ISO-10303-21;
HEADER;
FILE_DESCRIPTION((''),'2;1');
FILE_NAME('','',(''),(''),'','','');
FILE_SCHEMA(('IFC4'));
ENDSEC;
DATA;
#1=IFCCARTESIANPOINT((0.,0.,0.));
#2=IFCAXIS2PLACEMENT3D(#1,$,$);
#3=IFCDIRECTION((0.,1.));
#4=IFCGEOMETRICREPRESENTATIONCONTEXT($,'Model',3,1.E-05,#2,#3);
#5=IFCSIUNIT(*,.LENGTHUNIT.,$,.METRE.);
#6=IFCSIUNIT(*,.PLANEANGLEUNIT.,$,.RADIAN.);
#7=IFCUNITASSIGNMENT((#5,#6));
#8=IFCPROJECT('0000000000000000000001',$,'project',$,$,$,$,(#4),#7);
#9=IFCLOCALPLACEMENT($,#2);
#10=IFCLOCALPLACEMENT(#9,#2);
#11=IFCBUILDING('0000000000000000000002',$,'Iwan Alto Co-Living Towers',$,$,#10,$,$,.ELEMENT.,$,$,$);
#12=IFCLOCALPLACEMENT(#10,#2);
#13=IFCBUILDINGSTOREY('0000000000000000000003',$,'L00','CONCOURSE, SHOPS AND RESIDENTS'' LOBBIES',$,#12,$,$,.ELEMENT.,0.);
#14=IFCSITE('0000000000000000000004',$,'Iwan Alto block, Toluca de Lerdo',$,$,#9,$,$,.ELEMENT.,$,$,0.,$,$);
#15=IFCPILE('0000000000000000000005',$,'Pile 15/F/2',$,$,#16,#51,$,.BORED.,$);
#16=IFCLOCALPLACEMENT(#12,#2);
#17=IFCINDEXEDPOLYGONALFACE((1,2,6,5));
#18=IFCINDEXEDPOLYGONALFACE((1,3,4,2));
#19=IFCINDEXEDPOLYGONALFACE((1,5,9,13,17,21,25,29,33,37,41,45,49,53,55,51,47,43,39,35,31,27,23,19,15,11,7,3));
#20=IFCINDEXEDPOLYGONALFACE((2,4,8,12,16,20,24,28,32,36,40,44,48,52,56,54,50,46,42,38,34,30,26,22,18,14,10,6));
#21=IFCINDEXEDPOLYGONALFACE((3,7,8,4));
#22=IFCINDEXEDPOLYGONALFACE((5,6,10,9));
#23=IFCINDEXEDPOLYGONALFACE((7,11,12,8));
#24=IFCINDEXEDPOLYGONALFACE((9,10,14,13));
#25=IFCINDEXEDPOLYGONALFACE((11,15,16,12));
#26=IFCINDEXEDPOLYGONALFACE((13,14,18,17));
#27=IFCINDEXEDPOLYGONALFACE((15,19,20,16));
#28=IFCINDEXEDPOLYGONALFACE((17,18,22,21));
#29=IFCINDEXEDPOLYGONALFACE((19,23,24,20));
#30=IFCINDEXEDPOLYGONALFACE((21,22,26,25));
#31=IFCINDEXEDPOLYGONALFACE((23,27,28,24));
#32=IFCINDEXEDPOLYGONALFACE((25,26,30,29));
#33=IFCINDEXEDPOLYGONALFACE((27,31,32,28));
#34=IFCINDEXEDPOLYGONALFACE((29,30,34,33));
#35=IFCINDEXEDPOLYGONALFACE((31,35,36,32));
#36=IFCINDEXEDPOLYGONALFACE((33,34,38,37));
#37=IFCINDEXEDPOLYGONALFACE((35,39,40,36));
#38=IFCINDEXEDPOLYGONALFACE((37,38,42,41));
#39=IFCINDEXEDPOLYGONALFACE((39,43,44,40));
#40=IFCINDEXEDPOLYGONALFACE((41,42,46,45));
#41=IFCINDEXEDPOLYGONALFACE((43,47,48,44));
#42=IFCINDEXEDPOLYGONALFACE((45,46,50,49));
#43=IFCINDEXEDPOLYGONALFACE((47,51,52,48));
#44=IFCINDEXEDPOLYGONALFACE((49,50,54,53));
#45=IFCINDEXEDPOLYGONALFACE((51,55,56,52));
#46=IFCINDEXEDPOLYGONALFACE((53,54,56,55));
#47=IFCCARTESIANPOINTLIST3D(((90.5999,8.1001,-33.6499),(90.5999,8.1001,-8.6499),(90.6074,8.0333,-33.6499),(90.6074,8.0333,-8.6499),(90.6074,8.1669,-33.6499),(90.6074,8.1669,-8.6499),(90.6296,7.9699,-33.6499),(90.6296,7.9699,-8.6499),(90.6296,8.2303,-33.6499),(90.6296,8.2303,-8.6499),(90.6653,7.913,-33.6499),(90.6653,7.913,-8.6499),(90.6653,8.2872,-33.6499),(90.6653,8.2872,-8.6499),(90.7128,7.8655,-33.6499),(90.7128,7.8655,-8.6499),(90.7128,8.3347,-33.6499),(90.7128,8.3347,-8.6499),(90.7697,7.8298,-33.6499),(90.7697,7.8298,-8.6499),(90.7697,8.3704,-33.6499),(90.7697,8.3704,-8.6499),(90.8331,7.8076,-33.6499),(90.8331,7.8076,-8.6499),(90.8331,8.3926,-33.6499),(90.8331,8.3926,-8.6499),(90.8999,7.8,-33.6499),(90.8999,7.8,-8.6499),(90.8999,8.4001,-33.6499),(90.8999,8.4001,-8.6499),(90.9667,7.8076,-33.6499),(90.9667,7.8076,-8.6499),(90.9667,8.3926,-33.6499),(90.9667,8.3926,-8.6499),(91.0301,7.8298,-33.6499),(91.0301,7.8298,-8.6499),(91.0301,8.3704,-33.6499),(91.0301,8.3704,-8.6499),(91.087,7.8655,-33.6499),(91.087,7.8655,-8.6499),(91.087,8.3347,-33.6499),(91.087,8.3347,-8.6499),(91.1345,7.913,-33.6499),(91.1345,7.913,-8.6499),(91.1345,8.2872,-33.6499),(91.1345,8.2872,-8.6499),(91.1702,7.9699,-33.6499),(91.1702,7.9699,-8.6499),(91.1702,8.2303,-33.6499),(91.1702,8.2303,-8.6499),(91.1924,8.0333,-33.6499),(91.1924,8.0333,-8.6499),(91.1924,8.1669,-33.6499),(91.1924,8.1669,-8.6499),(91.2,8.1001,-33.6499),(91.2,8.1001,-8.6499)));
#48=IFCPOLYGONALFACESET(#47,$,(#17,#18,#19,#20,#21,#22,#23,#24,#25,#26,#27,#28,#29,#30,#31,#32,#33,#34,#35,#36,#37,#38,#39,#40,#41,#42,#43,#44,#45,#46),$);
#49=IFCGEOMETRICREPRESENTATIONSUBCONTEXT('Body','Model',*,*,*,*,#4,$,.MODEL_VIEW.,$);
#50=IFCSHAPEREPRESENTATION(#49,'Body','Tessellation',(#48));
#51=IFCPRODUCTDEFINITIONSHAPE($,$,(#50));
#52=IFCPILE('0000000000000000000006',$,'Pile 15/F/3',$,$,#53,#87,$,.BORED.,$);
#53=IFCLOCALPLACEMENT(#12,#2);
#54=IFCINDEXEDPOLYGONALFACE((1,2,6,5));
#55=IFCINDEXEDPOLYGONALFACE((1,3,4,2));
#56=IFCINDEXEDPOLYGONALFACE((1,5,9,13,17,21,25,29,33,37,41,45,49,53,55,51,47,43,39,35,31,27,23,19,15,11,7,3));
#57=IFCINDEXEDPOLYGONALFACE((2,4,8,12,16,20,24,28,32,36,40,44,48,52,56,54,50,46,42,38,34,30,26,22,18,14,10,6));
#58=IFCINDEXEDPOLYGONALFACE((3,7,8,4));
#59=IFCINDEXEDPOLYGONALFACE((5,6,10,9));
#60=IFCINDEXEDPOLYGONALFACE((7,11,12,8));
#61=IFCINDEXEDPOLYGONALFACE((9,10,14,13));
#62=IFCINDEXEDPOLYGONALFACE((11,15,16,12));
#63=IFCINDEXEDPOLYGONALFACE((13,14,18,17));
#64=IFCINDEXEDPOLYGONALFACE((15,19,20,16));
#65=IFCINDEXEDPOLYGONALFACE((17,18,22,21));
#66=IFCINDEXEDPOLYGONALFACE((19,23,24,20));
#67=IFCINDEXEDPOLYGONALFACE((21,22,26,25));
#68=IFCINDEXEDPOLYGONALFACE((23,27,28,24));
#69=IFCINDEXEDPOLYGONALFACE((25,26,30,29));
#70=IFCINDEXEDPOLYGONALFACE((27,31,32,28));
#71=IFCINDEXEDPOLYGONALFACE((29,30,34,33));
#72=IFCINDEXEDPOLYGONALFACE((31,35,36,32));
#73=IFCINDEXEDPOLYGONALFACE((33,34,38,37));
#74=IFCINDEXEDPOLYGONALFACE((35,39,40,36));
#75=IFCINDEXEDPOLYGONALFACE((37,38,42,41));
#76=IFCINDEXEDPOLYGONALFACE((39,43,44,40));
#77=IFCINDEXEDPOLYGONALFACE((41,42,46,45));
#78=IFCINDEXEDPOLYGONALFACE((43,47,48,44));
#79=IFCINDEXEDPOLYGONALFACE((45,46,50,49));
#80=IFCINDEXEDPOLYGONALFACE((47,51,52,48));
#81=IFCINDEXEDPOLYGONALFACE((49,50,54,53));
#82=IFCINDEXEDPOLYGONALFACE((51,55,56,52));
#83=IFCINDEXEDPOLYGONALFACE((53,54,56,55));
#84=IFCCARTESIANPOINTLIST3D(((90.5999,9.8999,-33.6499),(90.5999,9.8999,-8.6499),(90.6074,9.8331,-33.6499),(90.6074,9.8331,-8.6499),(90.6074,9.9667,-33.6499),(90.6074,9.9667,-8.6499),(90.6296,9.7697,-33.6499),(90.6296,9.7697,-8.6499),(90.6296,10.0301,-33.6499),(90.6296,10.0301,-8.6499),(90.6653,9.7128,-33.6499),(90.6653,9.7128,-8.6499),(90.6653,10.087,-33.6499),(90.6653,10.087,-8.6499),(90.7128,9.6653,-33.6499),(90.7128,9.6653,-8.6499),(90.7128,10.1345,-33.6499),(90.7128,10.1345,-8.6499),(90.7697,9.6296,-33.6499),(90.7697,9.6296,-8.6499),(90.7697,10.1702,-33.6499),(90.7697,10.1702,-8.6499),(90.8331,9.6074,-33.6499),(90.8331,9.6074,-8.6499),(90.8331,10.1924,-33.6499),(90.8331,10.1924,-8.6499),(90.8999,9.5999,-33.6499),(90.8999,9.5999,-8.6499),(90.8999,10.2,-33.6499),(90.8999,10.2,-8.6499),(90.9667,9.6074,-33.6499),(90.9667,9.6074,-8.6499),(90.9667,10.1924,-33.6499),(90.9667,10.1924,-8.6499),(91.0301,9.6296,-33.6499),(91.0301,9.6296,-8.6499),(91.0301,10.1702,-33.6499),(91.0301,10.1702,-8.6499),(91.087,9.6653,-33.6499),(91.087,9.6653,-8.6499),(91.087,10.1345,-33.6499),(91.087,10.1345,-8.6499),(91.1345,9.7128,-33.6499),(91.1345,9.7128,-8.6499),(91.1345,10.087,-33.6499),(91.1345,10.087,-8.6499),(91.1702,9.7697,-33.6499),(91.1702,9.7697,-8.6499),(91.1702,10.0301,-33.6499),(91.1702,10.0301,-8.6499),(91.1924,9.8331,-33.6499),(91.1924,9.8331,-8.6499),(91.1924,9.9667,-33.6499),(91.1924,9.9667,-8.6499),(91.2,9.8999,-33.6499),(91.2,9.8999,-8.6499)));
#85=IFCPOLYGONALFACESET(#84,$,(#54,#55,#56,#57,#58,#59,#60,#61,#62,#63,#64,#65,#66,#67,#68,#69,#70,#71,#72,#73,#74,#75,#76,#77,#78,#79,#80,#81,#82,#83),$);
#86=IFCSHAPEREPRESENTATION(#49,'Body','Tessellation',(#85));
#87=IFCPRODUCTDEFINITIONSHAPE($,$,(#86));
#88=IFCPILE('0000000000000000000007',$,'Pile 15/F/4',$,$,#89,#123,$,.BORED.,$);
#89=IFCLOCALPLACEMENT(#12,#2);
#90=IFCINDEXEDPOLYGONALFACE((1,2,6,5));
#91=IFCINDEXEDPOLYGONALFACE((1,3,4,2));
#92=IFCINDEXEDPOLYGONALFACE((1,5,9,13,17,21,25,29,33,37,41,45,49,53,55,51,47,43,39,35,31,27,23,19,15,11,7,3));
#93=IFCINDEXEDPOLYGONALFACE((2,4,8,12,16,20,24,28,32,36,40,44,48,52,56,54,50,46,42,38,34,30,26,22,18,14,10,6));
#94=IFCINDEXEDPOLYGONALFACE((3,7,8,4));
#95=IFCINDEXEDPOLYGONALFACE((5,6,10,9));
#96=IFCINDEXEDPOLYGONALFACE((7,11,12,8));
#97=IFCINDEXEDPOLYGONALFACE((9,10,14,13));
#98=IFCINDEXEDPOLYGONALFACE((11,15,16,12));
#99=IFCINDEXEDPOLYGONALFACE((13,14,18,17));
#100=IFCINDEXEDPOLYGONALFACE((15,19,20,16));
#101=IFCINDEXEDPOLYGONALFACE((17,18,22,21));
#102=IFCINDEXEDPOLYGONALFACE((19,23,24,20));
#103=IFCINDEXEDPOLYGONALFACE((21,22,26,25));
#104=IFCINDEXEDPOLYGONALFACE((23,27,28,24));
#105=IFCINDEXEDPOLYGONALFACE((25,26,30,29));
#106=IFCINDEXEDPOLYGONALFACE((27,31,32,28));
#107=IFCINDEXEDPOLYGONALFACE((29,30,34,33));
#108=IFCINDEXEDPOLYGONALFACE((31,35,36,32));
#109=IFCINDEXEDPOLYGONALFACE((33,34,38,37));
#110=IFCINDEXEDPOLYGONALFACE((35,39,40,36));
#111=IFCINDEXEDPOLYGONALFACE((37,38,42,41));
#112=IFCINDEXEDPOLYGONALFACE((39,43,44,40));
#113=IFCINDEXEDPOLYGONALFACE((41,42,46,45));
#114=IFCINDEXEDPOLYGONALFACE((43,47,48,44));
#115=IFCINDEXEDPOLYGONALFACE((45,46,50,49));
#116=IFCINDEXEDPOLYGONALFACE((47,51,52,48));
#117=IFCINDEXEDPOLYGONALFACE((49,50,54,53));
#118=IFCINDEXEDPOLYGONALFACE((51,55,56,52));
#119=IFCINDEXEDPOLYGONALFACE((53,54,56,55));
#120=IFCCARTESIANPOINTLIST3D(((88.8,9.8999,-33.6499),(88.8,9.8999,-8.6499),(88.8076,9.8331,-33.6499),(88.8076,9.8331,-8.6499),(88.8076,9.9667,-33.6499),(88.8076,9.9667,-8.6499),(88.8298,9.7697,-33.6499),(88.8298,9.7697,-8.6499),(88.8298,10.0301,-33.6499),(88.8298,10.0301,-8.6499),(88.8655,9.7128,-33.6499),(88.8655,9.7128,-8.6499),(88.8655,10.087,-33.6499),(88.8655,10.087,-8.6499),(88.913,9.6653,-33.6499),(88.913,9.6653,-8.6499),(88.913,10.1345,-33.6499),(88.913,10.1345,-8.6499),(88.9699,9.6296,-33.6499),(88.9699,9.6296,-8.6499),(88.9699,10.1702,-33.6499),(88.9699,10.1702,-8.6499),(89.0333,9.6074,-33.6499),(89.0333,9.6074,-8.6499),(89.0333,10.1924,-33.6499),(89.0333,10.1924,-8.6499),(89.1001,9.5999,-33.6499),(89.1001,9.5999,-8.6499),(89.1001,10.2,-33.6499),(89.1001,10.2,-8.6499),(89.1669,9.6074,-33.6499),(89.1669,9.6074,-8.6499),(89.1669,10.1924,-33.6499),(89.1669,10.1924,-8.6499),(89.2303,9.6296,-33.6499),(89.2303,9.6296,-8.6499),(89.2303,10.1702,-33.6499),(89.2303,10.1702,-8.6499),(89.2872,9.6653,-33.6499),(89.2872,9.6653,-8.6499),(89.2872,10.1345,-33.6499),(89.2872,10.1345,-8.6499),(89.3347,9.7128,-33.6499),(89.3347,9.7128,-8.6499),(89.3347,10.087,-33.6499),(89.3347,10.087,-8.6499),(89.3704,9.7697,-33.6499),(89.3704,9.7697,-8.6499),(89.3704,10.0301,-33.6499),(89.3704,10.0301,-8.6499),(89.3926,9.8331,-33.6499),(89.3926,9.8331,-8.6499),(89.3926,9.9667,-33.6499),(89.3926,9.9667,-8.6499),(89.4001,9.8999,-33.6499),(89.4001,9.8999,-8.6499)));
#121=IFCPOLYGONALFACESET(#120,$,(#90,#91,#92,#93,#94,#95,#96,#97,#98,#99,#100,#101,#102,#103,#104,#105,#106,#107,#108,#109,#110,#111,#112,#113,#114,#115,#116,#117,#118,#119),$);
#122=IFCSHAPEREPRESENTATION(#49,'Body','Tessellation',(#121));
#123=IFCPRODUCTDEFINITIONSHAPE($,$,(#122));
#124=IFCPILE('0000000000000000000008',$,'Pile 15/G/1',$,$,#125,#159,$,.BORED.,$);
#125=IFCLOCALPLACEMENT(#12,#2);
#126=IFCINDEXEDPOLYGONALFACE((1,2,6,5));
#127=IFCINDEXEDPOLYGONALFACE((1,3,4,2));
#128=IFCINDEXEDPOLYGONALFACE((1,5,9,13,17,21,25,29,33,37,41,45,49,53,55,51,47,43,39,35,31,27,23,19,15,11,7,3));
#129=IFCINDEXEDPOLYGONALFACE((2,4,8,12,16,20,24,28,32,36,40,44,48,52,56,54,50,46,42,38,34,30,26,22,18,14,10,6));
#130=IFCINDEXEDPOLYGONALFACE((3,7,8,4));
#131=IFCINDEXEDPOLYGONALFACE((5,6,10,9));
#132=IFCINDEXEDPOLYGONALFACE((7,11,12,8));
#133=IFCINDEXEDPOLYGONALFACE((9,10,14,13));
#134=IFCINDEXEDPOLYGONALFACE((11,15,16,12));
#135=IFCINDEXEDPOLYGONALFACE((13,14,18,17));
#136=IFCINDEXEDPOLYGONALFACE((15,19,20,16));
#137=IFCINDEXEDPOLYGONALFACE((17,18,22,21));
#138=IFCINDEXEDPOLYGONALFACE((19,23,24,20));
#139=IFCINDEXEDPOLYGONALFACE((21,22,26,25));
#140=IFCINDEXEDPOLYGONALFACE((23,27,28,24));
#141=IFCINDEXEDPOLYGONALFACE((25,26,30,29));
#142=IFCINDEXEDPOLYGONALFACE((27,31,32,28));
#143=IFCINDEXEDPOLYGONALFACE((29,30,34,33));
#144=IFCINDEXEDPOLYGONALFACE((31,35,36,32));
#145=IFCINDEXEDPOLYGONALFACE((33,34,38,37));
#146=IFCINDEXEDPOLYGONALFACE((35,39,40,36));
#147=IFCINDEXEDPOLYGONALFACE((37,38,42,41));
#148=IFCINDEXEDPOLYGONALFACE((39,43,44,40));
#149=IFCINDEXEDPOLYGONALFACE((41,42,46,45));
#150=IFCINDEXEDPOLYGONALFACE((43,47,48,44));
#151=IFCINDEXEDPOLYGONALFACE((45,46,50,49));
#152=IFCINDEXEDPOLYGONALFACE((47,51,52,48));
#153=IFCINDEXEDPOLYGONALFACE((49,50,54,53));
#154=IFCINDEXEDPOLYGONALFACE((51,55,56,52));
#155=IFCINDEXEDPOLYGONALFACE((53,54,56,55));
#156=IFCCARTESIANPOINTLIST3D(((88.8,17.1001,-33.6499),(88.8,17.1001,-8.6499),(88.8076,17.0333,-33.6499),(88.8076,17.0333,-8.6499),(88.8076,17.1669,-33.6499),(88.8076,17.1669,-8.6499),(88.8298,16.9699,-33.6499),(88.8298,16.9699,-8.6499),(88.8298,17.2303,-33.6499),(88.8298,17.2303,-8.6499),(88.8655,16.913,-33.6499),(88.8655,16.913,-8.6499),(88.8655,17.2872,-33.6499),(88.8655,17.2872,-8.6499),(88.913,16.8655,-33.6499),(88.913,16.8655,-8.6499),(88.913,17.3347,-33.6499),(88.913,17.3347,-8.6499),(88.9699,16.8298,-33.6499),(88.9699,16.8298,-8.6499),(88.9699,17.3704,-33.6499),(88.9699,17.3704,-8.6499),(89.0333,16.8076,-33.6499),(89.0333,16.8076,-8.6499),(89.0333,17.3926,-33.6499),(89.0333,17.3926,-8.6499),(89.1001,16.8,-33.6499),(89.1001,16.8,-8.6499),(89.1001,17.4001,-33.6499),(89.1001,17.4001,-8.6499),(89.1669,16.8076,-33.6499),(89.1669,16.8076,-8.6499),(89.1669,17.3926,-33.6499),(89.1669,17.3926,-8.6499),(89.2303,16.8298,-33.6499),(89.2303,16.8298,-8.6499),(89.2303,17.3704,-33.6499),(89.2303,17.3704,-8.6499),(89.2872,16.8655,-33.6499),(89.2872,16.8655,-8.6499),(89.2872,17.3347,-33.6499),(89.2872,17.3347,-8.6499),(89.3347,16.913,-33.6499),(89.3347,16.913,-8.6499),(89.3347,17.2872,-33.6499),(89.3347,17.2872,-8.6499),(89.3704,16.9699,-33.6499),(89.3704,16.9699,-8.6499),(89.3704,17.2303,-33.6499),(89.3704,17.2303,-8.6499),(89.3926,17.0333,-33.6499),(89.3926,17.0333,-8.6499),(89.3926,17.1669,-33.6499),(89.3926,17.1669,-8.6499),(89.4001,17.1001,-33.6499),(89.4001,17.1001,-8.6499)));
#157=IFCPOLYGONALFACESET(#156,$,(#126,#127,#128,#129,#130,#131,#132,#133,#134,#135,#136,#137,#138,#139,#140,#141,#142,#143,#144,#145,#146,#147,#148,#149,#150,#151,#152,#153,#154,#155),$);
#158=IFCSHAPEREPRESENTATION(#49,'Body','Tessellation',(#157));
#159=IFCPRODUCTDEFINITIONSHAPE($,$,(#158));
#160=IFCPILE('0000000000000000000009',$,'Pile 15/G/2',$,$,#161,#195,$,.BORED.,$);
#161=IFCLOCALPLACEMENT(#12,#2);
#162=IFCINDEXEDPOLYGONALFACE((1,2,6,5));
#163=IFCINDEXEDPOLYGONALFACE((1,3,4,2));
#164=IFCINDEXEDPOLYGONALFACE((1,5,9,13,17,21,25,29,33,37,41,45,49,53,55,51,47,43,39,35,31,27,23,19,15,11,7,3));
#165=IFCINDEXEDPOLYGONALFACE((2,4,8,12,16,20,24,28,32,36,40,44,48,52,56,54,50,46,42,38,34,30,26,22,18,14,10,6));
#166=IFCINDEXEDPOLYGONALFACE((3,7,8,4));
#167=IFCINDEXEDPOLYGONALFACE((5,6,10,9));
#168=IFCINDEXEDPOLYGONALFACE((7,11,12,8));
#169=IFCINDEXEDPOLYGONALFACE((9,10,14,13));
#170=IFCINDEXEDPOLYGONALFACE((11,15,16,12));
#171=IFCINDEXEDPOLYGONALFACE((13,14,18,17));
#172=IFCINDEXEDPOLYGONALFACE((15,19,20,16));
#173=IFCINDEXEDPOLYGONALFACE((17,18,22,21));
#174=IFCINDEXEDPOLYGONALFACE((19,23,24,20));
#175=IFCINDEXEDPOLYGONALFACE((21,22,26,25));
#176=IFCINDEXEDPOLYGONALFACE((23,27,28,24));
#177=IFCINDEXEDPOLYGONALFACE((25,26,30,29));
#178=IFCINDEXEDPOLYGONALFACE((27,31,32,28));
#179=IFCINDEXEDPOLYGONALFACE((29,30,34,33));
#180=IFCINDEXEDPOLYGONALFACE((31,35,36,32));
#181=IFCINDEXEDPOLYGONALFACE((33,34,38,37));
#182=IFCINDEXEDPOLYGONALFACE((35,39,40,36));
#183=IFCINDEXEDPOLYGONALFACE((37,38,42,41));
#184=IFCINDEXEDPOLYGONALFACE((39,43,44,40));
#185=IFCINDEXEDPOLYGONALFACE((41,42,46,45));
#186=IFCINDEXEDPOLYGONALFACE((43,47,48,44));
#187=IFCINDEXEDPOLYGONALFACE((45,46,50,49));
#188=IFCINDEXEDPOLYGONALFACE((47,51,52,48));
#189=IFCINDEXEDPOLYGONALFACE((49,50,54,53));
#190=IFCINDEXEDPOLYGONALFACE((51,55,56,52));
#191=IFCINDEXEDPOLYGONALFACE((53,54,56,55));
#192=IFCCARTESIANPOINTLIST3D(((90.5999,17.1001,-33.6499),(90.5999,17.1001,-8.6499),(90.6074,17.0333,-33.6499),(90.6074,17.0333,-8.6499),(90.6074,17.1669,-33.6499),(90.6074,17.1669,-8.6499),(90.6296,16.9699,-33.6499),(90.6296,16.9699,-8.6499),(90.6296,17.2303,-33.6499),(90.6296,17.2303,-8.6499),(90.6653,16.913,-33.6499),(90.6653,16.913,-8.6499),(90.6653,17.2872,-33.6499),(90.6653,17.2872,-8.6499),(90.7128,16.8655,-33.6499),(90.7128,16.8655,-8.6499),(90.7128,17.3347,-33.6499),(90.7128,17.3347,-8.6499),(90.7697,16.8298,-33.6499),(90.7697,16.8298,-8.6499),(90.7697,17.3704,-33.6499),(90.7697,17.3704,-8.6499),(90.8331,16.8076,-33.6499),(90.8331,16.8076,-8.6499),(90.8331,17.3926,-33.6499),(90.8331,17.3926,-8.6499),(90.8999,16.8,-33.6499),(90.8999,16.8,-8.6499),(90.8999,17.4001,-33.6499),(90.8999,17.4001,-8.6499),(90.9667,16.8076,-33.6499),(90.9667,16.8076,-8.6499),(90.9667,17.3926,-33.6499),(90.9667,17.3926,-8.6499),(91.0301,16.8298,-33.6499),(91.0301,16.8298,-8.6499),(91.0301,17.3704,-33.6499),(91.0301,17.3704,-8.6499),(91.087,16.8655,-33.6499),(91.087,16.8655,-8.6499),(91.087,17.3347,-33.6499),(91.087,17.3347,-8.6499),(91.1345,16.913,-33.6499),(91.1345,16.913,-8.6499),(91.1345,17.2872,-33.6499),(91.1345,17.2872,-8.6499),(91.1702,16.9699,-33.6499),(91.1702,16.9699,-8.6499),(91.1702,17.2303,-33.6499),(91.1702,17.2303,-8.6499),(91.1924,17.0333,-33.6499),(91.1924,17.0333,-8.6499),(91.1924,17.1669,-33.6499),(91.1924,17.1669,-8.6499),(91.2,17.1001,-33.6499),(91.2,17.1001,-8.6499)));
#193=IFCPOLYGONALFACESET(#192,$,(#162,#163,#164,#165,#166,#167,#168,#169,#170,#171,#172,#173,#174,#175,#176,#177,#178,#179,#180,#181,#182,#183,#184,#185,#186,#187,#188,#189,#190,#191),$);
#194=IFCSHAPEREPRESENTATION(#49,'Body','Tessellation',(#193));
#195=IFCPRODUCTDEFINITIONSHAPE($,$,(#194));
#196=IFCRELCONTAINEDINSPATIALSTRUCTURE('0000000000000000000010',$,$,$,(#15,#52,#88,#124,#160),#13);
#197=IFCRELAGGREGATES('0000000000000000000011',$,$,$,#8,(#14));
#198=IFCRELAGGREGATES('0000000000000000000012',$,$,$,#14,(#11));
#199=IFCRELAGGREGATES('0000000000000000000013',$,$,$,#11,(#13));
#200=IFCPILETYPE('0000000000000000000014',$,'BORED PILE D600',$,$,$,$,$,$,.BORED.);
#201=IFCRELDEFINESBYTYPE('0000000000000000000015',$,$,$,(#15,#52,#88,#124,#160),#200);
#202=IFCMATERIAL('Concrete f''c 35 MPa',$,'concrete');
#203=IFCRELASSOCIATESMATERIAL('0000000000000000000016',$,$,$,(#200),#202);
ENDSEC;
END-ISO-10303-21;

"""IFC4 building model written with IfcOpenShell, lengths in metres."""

from ifc_helpers import new_model, si_unit, direction, frame, origin, origin_2d, place, context, subcontext, project, spatial, circle, extrude, material, material_profile, profile_set, type_object, element, save


model = new_model("IFC4")

# Units and contexts
model_context = context("Model", 3, precision=1e-05, world=origin(), true_north=direction((0.0, 1.0)))
body_context = subcontext(model_context, "Body", "Model", "MODEL_VIEW")
ifc_project = project(units=[si_unit("LENGTHUNIT", "METRE"), si_unit("PLANEANGLEUNIT", "RADIAN")], contexts=[model_context])

# Site, building, storey
site_placement = place(None, origin())
site = spatial("IfcSite", under=ifc_project, at=site_placement, Name="Iwan Alto block, Toluca de Lerdo", CompositionType="ELEMENT", RefElevation=0.0)
building_placement = place(site_placement, origin())
building = spatial("IfcBuilding", under=site, at=building_placement, Name="Iwan Alto Co-Living Towers", CompositionType="ELEMENT")
storey_placement = place(building_placement, origin())
storey = spatial("IfcBuildingStorey", under=building, at=storey_placement, Name="L00", Description="CONCOURSE, SHOPS AND RESIDENTS' LOBBIES", CompositionType="ELEMENT", Elevation=0.0)

# Piles
ifc_material_1 = material(Name="Concrete f'c 35 MPa", Category="concrete")
ifc_material_profile_1 = material_profile(ifc_material_1, circle(Radius=0.3, at=origin_2d()), Name="D600")
ifc_profile_set_1 = profile_set([ifc_material_profile_1], Name="Concrete f'c 35 MPa")
pile_type_1 = type_object("IfcPileType", Name="BORED PILE D600", PredefinedType="BORED", material=ifc_profile_set_1)
for number, where, z_axis, x_axis, name in (
    (1, (90.8999, 8.1001, -8.6499), (0.0, 0.0, -1.0), (1.0, 0.0, 0.0), "Pile 15/F/2"),
    (2, (90.8999, 9.8999, -8.6499), (0.0, 0.0, -1.0), (1.0, 0.0, 0.0), "Pile 15/F/3"),
    (3, (89.1001, 9.8999, -8.6499), (0.0, 0.0, -1.0), (1.0, 0.0, 0.0), "Pile 15/F/4"),
    (4, (89.1001, 17.1001, -8.6499), (0.0, 0.0, -1.0), (1.0, 0.0, 0.0), "Pile 15/G/1"),
    (5, (90.8999, 17.1001, -8.6499), (0.0, 0.0, -1.0), (1.0, 0.0, 0.0), "Pile 15/G/2"),
):
    element("IfcPile", number, at=place(storey_placement, frame(where, z_axis=z_axis, x_axis=x_axis)), inside=storey, type_object=pile_type_1, Name=name, PredefinedType="BORED", context=body_context, shape_type="SweptSolid", body=[
        extrude(circle(Radius=0.3, at=origin_2d()), origin(), (0.0, 0.0, 1.0), 25.0),
    ])

save(model, "model.ifc")
